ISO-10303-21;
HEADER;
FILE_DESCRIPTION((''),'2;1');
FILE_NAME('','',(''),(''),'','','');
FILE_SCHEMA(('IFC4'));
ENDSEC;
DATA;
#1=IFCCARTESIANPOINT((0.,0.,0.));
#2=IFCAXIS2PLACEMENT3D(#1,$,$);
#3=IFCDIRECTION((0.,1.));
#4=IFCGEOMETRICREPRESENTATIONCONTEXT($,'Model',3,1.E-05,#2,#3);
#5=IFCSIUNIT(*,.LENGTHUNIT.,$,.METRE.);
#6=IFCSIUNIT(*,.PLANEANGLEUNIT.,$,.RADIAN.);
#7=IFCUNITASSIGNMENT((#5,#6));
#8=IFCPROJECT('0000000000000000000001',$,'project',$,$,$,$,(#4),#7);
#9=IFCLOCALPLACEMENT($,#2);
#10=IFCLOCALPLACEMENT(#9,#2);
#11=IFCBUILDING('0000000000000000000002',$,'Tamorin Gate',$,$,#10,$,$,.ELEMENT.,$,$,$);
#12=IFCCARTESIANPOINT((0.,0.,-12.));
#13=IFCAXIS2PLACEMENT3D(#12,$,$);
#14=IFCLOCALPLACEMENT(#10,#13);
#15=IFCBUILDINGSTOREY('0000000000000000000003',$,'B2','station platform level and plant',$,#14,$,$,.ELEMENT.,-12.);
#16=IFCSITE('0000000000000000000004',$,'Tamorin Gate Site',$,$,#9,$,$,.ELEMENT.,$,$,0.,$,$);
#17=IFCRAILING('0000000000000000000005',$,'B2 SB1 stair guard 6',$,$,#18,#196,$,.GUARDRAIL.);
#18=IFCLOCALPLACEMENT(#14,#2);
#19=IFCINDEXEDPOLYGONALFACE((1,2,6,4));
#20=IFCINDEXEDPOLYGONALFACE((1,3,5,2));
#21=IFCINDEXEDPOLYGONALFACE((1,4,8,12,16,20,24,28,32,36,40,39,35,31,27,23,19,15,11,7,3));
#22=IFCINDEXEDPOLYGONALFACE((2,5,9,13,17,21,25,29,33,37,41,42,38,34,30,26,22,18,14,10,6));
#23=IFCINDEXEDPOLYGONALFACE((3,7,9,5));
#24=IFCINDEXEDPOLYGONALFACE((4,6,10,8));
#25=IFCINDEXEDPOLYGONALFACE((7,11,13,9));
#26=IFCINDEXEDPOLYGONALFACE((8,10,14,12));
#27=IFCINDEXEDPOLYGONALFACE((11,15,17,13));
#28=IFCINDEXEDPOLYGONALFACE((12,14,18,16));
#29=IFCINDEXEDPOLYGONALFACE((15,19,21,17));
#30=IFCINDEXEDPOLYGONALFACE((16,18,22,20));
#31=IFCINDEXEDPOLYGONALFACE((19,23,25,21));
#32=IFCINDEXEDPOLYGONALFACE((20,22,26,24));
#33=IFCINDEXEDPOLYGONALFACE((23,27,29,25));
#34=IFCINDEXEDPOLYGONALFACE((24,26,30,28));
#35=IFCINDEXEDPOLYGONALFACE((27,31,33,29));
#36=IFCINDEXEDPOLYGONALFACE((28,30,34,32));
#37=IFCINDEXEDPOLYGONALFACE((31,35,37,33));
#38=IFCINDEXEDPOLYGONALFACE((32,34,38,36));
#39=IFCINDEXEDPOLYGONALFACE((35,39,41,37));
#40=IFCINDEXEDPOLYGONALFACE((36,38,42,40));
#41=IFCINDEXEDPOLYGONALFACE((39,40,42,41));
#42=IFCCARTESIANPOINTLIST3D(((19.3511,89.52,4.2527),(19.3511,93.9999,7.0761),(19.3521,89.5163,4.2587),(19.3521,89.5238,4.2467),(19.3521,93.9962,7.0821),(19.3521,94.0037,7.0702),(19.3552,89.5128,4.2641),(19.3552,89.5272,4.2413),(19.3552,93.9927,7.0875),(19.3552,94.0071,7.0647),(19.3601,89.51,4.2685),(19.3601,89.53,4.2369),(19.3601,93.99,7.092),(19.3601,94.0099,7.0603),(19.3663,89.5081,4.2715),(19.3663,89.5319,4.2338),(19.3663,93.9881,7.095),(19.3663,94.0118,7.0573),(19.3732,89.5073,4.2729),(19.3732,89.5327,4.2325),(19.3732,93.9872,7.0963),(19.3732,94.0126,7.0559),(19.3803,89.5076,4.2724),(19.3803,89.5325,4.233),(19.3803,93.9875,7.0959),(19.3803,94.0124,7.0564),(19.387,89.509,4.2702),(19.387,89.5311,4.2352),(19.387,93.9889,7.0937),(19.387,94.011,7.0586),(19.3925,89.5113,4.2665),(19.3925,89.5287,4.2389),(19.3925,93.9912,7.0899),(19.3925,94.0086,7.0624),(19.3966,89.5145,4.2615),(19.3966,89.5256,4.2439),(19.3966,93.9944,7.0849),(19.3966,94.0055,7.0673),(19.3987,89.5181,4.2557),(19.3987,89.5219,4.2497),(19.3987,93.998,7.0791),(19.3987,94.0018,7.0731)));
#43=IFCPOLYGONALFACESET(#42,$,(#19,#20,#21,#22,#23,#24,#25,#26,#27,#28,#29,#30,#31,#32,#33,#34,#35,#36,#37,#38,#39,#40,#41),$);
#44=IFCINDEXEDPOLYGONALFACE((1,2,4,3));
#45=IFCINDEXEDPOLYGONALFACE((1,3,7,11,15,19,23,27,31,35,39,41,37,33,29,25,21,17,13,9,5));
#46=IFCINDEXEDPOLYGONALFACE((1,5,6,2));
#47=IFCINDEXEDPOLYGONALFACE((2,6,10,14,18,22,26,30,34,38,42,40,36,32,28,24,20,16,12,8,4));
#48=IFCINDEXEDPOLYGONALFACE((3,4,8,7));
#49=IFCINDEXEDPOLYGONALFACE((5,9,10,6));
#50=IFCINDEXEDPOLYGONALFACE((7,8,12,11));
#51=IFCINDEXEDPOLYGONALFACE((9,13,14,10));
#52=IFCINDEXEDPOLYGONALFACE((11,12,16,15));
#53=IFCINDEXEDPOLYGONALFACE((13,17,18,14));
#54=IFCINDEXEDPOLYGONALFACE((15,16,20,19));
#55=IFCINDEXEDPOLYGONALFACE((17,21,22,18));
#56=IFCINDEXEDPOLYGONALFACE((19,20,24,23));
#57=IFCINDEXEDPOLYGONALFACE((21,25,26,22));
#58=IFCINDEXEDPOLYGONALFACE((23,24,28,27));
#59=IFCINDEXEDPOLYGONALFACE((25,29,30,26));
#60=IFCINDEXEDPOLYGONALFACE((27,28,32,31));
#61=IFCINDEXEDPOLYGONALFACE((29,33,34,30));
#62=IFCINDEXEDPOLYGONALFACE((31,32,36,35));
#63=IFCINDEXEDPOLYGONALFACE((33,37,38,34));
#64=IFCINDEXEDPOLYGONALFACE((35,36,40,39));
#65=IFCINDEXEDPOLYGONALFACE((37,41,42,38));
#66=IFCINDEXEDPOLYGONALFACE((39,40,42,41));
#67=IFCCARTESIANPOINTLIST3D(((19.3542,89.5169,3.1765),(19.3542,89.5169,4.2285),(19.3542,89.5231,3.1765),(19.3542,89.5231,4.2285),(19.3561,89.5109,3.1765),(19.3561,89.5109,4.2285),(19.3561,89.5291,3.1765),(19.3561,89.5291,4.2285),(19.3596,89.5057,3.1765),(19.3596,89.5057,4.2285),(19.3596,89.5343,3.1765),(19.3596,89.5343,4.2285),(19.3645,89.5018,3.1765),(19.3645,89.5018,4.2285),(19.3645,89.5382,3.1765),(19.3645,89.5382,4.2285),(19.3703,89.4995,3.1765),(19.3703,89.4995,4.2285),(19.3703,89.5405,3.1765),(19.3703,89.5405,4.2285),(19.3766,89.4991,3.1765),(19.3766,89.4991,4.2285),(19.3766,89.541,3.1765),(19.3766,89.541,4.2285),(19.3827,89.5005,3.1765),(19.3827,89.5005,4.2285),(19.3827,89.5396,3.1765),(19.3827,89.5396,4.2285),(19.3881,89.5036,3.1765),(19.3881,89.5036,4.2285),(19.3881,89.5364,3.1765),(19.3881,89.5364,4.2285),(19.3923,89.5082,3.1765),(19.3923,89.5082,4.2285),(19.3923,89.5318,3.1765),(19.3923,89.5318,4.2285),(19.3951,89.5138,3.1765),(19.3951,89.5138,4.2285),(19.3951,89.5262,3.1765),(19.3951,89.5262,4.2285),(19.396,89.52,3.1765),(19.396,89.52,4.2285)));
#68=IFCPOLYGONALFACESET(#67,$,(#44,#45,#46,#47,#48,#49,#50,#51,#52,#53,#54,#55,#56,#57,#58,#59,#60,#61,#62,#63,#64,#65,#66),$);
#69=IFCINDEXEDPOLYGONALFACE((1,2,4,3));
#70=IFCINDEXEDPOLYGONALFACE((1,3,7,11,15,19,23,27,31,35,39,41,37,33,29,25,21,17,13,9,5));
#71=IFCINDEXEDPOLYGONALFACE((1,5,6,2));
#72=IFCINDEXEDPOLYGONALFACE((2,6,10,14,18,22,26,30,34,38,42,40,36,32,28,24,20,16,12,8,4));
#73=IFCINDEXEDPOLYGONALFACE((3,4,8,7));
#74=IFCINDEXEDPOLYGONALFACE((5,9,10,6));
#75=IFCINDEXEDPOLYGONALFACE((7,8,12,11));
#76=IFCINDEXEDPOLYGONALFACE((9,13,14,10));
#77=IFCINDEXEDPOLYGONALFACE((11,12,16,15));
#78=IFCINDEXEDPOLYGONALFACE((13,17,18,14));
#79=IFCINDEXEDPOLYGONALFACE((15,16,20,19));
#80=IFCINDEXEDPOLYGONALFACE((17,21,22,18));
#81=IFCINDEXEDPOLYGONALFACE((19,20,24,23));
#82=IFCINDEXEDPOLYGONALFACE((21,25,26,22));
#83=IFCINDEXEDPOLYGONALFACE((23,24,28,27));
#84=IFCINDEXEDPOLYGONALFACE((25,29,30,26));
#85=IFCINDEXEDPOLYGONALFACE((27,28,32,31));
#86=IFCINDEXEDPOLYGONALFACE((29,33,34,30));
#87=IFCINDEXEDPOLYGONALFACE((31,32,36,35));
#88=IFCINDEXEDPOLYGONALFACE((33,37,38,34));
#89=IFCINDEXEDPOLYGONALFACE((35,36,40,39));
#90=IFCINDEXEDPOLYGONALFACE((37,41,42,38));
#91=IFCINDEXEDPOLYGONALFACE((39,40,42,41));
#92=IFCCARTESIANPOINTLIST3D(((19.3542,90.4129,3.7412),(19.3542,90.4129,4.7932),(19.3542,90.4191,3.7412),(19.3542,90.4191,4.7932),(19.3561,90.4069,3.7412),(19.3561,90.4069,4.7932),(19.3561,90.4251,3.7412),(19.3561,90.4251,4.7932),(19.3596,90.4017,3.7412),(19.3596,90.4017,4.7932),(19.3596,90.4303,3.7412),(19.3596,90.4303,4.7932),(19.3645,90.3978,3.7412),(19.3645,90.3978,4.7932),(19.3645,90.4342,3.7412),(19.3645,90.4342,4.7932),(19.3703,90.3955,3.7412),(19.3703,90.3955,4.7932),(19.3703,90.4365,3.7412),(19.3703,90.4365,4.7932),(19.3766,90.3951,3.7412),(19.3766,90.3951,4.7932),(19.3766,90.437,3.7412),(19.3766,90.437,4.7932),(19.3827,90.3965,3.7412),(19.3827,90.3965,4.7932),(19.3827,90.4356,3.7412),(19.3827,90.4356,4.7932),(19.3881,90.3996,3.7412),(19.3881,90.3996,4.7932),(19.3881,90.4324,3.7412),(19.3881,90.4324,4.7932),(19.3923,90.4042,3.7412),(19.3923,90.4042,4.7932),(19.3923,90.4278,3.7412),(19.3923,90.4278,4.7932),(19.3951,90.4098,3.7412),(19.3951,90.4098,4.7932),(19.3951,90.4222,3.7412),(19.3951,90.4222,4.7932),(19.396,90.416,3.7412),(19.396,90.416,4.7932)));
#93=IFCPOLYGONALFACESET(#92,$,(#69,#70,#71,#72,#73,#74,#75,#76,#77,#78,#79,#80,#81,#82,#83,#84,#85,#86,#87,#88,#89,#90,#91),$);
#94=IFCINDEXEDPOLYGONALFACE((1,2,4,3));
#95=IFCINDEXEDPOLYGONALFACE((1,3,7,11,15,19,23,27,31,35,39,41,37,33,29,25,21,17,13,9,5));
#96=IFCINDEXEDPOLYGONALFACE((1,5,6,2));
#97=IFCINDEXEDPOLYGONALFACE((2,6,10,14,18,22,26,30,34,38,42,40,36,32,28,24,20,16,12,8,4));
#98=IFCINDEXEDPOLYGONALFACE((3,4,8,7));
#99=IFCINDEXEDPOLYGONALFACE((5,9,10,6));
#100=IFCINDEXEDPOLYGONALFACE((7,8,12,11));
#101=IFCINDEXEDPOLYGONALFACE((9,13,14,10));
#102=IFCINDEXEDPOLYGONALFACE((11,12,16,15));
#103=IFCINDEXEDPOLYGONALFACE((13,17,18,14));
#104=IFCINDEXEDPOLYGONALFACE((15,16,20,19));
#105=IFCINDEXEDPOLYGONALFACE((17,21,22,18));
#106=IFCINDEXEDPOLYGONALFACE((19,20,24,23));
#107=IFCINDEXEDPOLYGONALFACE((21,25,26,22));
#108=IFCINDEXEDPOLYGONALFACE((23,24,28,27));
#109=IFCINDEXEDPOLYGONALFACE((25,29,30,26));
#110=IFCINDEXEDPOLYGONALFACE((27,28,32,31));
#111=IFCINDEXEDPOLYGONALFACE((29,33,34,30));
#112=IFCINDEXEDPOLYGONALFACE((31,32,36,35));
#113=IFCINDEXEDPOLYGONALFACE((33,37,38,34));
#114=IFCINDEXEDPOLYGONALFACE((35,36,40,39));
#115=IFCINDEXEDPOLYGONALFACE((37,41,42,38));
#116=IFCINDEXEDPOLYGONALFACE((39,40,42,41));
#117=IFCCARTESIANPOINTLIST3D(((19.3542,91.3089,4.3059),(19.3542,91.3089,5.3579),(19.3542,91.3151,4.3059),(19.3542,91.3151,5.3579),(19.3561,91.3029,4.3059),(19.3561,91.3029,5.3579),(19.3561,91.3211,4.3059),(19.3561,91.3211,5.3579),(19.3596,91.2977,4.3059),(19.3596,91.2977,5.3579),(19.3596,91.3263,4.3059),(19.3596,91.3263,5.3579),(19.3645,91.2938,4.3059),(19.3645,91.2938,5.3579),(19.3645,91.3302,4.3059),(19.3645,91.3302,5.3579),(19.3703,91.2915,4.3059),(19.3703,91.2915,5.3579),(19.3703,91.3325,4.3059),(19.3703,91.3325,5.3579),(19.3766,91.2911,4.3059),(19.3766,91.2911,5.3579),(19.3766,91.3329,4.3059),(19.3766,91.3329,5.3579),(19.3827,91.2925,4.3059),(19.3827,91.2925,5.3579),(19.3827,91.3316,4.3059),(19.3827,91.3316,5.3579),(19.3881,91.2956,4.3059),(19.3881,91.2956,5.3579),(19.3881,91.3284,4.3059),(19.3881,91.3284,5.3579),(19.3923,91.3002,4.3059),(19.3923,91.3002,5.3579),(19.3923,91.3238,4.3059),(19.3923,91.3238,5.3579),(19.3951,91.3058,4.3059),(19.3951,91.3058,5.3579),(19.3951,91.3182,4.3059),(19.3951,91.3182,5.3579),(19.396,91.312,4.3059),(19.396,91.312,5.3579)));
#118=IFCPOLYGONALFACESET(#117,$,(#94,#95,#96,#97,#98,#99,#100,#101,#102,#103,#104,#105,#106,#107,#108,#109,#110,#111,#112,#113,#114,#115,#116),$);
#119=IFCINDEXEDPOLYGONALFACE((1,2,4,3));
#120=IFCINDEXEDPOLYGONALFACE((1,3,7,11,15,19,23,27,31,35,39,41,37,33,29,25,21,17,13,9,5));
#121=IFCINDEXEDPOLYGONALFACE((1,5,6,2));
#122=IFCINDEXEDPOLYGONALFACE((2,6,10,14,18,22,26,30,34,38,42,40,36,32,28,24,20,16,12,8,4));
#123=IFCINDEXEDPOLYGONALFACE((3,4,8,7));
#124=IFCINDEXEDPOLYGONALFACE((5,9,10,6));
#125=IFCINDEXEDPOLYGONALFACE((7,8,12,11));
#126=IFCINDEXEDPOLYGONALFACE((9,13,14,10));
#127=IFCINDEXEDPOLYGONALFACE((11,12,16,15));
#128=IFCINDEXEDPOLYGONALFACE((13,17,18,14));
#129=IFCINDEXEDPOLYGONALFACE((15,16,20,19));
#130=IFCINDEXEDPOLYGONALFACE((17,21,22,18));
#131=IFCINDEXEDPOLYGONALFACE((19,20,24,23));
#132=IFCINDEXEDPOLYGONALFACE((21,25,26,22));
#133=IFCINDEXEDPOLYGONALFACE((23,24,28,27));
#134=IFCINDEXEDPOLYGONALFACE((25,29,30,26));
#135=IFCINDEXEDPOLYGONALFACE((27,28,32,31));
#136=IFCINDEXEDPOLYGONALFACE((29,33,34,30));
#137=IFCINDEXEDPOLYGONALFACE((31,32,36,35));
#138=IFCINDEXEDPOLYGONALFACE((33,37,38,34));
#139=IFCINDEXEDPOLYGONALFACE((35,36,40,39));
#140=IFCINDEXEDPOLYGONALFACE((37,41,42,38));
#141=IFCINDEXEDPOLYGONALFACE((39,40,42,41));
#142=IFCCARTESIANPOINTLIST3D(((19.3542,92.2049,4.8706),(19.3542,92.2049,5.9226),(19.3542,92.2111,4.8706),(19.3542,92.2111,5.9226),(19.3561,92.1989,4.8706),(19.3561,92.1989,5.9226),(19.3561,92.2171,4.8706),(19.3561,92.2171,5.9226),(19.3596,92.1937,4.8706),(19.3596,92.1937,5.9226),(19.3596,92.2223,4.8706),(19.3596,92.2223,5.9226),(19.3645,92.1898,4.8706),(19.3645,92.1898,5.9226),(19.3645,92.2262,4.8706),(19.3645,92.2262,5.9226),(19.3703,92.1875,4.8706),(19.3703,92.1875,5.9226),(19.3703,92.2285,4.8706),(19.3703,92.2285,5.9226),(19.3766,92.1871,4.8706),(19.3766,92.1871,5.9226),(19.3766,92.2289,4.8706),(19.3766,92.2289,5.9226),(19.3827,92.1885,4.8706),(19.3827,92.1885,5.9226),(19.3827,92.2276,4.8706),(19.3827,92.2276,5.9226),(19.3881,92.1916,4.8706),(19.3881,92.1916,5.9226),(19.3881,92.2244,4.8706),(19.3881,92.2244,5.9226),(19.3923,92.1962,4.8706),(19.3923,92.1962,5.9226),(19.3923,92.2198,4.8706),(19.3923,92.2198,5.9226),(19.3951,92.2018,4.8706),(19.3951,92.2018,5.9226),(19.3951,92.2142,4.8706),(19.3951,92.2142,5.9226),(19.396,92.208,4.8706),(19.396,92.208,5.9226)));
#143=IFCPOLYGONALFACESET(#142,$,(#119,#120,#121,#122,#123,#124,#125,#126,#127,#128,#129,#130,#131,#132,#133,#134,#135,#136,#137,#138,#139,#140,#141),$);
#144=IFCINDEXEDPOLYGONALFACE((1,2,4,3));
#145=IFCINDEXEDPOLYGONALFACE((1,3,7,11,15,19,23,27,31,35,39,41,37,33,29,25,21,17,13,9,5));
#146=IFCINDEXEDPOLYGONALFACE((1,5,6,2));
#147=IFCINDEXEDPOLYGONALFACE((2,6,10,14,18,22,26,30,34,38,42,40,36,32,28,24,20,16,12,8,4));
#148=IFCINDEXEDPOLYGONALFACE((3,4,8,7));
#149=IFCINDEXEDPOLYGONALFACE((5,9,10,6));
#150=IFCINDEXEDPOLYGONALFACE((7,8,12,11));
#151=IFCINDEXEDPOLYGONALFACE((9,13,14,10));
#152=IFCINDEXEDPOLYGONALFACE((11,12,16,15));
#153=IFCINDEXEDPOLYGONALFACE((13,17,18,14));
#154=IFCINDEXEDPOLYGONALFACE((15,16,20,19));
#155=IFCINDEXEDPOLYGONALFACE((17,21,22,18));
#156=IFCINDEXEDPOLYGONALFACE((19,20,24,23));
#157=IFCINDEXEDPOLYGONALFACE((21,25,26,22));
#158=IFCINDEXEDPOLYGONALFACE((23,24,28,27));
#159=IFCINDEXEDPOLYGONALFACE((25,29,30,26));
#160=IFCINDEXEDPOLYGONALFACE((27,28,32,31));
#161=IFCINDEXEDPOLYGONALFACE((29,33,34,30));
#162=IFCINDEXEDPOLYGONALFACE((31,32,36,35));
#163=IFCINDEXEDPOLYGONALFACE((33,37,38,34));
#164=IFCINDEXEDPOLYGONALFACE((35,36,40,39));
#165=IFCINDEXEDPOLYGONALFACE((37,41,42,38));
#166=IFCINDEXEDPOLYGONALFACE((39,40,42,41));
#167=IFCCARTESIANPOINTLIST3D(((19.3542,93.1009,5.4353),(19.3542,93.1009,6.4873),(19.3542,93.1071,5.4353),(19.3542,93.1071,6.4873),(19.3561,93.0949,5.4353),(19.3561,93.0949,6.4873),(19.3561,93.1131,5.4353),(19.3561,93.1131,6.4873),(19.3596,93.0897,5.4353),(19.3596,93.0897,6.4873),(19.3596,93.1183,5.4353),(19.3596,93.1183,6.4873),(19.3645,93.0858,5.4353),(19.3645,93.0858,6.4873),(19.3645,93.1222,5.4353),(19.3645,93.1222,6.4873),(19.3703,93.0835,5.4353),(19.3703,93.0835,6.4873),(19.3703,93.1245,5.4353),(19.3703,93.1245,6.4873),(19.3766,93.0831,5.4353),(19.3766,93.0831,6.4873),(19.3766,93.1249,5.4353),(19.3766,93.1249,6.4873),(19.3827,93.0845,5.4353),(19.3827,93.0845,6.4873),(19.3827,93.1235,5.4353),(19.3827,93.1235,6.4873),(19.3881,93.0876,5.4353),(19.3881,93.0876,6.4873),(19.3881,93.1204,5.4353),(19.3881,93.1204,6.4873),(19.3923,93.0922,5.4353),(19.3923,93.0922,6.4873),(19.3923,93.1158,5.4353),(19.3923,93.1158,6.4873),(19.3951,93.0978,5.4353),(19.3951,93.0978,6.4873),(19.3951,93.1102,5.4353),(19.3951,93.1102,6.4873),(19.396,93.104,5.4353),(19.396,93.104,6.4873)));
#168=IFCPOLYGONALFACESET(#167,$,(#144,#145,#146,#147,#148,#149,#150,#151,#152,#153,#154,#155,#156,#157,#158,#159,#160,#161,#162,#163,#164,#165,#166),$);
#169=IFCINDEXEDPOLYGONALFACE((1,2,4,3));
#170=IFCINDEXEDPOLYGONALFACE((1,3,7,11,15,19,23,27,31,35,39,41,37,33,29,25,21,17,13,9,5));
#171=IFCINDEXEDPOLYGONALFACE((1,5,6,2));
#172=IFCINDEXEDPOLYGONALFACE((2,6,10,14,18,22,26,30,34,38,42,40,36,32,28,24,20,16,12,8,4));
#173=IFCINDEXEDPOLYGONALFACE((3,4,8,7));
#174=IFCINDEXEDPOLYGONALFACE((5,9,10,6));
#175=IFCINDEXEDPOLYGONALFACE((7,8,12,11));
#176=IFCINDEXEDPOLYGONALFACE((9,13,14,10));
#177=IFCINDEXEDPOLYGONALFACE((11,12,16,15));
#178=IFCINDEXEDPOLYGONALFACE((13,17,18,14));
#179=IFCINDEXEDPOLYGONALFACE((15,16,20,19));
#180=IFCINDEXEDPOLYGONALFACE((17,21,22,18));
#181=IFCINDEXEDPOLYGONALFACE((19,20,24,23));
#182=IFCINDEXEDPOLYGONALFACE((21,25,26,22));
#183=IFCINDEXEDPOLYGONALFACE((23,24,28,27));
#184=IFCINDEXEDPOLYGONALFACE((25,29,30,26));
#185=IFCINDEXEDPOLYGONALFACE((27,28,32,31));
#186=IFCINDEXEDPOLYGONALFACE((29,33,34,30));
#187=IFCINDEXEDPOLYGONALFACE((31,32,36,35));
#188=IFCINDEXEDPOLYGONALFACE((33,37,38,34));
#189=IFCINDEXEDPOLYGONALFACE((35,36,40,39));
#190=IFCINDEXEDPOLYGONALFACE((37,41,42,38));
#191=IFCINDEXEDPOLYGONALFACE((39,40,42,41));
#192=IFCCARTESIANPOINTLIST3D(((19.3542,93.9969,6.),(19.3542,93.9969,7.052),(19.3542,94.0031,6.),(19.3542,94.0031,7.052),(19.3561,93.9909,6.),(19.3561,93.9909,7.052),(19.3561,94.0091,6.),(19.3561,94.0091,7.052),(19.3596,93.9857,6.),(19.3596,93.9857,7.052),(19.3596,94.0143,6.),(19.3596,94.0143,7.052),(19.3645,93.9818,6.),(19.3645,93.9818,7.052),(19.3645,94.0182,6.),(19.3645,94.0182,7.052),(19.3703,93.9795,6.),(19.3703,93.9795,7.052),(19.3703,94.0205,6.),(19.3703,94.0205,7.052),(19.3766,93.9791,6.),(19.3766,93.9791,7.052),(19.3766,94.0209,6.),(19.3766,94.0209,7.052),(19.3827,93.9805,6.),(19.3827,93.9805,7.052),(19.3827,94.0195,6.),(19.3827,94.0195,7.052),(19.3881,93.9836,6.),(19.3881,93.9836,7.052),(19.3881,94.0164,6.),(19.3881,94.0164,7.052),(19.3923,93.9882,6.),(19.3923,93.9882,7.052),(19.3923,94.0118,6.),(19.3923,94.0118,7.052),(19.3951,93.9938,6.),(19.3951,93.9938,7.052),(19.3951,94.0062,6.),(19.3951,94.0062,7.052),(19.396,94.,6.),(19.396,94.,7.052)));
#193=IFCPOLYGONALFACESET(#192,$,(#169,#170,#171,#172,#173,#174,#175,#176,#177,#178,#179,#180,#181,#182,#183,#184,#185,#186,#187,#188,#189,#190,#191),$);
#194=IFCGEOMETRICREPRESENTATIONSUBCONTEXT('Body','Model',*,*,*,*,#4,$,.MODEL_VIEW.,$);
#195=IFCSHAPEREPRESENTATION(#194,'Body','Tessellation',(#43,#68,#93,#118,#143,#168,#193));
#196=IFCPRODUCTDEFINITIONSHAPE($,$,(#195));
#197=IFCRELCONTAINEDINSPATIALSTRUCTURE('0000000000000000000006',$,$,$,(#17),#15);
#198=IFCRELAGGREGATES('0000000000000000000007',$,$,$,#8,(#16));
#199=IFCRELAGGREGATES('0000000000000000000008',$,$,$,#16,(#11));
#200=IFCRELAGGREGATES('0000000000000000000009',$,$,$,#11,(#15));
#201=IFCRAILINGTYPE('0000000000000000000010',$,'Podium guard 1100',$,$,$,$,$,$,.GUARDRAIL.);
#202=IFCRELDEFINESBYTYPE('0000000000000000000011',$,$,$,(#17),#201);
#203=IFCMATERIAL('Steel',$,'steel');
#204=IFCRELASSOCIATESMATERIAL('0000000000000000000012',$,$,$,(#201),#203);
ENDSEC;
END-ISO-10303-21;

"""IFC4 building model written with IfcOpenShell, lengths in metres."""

from ifc_helpers import new_model, si_unit, direction, frame, origin, origin_2d, place, context, subcontext, project, spatial, circle, extrude, material, type_object, element, save


model = new_model("IFC4")

# Units and contexts
model_context = context("Model", 3, precision=1e-05, world=origin(), true_north=direction((0.0, 1.0)))
body_context = subcontext(model_context, "Body", "Model", "MODEL_VIEW")
ifc_project = project(units=[si_unit("LENGTHUNIT", "METRE"), si_unit("PLANEANGLEUNIT", "RADIAN")], contexts=[model_context])

# Site, building, storey
site_placement = place(None, origin())
site = spatial("IfcSite", under=ifc_project, at=site_placement, Name="Tamorin Gate Site", CompositionType="ELEMENT", RefElevation=0.0)
building_placement = place(site_placement, origin())
building = spatial("IfcBuilding", under=site, at=building_placement, Name="Tamorin Gate", CompositionType="ELEMENT")
storey_placement = place(building_placement, frame((0.0, 0.0, -12.0)))
storey = spatial("IfcBuildingStorey", under=building, at=storey_placement, Name="B2", Description="station platform level and plant", CompositionType="ELEMENT", Elevation=-12.0)

# Railing
ifc_material_1 = material(Name="Steel", Category="steel")
railing_type_1 = type_object("IfcRailingType", Name="Podium guard 1100", PredefinedType="GUARDRAIL", material=ifc_material_1)
railing_1_placement = place(storey_placement, frame((19.375, 89.52, 3.1765)))
element("IfcRailing", 1, at=railing_1_placement, inside=storey, type_object=railing_type_1, Name="B2 SB1 stair guard 6", PredefinedType="GUARDRAIL", context=body_context, shape_type="SweptSolid", body=[
    extrude(circle(Radius=0.0239, at=origin_2d()), frame((0.0, 0.0, 1.0762), z_axis=(0.0, 0.845998, 0.533186), x_axis=(-1.0, 0.0, 0.0)), (0.0, 0.0, 1.0), 5.2954),
    extrude(circle(Radius=0.021, at=origin_2d()), origin(), (0.0, 0.0, 1.0), 1.052),
    extrude(circle(Radius=0.021, at=origin_2d()), frame((0.0, 0.896, 0.5647)), (0.0, 0.0, 1.0), 1.052),
    extrude(circle(Radius=0.021, at=origin_2d()), frame((0.0, 1.792, 1.1294)), (0.0, 0.0, 1.0), 1.052),
    extrude(circle(Radius=0.021, at=origin_2d()), frame((0.0, 2.688, 1.6941)), (0.0, 0.0, 1.0), 1.052),
    extrude(circle(Radius=0.021, at=origin_2d()), frame((0.0, 3.584, 2.2588)), (0.0, 0.0, 1.0), 1.052),
    extrude(circle(Radius=0.021, at=origin_2d()), frame((0.0, 4.48, 2.8235)), (0.0, 0.0, 1.0), 1.052),
])

save(model, "model.ifc")
